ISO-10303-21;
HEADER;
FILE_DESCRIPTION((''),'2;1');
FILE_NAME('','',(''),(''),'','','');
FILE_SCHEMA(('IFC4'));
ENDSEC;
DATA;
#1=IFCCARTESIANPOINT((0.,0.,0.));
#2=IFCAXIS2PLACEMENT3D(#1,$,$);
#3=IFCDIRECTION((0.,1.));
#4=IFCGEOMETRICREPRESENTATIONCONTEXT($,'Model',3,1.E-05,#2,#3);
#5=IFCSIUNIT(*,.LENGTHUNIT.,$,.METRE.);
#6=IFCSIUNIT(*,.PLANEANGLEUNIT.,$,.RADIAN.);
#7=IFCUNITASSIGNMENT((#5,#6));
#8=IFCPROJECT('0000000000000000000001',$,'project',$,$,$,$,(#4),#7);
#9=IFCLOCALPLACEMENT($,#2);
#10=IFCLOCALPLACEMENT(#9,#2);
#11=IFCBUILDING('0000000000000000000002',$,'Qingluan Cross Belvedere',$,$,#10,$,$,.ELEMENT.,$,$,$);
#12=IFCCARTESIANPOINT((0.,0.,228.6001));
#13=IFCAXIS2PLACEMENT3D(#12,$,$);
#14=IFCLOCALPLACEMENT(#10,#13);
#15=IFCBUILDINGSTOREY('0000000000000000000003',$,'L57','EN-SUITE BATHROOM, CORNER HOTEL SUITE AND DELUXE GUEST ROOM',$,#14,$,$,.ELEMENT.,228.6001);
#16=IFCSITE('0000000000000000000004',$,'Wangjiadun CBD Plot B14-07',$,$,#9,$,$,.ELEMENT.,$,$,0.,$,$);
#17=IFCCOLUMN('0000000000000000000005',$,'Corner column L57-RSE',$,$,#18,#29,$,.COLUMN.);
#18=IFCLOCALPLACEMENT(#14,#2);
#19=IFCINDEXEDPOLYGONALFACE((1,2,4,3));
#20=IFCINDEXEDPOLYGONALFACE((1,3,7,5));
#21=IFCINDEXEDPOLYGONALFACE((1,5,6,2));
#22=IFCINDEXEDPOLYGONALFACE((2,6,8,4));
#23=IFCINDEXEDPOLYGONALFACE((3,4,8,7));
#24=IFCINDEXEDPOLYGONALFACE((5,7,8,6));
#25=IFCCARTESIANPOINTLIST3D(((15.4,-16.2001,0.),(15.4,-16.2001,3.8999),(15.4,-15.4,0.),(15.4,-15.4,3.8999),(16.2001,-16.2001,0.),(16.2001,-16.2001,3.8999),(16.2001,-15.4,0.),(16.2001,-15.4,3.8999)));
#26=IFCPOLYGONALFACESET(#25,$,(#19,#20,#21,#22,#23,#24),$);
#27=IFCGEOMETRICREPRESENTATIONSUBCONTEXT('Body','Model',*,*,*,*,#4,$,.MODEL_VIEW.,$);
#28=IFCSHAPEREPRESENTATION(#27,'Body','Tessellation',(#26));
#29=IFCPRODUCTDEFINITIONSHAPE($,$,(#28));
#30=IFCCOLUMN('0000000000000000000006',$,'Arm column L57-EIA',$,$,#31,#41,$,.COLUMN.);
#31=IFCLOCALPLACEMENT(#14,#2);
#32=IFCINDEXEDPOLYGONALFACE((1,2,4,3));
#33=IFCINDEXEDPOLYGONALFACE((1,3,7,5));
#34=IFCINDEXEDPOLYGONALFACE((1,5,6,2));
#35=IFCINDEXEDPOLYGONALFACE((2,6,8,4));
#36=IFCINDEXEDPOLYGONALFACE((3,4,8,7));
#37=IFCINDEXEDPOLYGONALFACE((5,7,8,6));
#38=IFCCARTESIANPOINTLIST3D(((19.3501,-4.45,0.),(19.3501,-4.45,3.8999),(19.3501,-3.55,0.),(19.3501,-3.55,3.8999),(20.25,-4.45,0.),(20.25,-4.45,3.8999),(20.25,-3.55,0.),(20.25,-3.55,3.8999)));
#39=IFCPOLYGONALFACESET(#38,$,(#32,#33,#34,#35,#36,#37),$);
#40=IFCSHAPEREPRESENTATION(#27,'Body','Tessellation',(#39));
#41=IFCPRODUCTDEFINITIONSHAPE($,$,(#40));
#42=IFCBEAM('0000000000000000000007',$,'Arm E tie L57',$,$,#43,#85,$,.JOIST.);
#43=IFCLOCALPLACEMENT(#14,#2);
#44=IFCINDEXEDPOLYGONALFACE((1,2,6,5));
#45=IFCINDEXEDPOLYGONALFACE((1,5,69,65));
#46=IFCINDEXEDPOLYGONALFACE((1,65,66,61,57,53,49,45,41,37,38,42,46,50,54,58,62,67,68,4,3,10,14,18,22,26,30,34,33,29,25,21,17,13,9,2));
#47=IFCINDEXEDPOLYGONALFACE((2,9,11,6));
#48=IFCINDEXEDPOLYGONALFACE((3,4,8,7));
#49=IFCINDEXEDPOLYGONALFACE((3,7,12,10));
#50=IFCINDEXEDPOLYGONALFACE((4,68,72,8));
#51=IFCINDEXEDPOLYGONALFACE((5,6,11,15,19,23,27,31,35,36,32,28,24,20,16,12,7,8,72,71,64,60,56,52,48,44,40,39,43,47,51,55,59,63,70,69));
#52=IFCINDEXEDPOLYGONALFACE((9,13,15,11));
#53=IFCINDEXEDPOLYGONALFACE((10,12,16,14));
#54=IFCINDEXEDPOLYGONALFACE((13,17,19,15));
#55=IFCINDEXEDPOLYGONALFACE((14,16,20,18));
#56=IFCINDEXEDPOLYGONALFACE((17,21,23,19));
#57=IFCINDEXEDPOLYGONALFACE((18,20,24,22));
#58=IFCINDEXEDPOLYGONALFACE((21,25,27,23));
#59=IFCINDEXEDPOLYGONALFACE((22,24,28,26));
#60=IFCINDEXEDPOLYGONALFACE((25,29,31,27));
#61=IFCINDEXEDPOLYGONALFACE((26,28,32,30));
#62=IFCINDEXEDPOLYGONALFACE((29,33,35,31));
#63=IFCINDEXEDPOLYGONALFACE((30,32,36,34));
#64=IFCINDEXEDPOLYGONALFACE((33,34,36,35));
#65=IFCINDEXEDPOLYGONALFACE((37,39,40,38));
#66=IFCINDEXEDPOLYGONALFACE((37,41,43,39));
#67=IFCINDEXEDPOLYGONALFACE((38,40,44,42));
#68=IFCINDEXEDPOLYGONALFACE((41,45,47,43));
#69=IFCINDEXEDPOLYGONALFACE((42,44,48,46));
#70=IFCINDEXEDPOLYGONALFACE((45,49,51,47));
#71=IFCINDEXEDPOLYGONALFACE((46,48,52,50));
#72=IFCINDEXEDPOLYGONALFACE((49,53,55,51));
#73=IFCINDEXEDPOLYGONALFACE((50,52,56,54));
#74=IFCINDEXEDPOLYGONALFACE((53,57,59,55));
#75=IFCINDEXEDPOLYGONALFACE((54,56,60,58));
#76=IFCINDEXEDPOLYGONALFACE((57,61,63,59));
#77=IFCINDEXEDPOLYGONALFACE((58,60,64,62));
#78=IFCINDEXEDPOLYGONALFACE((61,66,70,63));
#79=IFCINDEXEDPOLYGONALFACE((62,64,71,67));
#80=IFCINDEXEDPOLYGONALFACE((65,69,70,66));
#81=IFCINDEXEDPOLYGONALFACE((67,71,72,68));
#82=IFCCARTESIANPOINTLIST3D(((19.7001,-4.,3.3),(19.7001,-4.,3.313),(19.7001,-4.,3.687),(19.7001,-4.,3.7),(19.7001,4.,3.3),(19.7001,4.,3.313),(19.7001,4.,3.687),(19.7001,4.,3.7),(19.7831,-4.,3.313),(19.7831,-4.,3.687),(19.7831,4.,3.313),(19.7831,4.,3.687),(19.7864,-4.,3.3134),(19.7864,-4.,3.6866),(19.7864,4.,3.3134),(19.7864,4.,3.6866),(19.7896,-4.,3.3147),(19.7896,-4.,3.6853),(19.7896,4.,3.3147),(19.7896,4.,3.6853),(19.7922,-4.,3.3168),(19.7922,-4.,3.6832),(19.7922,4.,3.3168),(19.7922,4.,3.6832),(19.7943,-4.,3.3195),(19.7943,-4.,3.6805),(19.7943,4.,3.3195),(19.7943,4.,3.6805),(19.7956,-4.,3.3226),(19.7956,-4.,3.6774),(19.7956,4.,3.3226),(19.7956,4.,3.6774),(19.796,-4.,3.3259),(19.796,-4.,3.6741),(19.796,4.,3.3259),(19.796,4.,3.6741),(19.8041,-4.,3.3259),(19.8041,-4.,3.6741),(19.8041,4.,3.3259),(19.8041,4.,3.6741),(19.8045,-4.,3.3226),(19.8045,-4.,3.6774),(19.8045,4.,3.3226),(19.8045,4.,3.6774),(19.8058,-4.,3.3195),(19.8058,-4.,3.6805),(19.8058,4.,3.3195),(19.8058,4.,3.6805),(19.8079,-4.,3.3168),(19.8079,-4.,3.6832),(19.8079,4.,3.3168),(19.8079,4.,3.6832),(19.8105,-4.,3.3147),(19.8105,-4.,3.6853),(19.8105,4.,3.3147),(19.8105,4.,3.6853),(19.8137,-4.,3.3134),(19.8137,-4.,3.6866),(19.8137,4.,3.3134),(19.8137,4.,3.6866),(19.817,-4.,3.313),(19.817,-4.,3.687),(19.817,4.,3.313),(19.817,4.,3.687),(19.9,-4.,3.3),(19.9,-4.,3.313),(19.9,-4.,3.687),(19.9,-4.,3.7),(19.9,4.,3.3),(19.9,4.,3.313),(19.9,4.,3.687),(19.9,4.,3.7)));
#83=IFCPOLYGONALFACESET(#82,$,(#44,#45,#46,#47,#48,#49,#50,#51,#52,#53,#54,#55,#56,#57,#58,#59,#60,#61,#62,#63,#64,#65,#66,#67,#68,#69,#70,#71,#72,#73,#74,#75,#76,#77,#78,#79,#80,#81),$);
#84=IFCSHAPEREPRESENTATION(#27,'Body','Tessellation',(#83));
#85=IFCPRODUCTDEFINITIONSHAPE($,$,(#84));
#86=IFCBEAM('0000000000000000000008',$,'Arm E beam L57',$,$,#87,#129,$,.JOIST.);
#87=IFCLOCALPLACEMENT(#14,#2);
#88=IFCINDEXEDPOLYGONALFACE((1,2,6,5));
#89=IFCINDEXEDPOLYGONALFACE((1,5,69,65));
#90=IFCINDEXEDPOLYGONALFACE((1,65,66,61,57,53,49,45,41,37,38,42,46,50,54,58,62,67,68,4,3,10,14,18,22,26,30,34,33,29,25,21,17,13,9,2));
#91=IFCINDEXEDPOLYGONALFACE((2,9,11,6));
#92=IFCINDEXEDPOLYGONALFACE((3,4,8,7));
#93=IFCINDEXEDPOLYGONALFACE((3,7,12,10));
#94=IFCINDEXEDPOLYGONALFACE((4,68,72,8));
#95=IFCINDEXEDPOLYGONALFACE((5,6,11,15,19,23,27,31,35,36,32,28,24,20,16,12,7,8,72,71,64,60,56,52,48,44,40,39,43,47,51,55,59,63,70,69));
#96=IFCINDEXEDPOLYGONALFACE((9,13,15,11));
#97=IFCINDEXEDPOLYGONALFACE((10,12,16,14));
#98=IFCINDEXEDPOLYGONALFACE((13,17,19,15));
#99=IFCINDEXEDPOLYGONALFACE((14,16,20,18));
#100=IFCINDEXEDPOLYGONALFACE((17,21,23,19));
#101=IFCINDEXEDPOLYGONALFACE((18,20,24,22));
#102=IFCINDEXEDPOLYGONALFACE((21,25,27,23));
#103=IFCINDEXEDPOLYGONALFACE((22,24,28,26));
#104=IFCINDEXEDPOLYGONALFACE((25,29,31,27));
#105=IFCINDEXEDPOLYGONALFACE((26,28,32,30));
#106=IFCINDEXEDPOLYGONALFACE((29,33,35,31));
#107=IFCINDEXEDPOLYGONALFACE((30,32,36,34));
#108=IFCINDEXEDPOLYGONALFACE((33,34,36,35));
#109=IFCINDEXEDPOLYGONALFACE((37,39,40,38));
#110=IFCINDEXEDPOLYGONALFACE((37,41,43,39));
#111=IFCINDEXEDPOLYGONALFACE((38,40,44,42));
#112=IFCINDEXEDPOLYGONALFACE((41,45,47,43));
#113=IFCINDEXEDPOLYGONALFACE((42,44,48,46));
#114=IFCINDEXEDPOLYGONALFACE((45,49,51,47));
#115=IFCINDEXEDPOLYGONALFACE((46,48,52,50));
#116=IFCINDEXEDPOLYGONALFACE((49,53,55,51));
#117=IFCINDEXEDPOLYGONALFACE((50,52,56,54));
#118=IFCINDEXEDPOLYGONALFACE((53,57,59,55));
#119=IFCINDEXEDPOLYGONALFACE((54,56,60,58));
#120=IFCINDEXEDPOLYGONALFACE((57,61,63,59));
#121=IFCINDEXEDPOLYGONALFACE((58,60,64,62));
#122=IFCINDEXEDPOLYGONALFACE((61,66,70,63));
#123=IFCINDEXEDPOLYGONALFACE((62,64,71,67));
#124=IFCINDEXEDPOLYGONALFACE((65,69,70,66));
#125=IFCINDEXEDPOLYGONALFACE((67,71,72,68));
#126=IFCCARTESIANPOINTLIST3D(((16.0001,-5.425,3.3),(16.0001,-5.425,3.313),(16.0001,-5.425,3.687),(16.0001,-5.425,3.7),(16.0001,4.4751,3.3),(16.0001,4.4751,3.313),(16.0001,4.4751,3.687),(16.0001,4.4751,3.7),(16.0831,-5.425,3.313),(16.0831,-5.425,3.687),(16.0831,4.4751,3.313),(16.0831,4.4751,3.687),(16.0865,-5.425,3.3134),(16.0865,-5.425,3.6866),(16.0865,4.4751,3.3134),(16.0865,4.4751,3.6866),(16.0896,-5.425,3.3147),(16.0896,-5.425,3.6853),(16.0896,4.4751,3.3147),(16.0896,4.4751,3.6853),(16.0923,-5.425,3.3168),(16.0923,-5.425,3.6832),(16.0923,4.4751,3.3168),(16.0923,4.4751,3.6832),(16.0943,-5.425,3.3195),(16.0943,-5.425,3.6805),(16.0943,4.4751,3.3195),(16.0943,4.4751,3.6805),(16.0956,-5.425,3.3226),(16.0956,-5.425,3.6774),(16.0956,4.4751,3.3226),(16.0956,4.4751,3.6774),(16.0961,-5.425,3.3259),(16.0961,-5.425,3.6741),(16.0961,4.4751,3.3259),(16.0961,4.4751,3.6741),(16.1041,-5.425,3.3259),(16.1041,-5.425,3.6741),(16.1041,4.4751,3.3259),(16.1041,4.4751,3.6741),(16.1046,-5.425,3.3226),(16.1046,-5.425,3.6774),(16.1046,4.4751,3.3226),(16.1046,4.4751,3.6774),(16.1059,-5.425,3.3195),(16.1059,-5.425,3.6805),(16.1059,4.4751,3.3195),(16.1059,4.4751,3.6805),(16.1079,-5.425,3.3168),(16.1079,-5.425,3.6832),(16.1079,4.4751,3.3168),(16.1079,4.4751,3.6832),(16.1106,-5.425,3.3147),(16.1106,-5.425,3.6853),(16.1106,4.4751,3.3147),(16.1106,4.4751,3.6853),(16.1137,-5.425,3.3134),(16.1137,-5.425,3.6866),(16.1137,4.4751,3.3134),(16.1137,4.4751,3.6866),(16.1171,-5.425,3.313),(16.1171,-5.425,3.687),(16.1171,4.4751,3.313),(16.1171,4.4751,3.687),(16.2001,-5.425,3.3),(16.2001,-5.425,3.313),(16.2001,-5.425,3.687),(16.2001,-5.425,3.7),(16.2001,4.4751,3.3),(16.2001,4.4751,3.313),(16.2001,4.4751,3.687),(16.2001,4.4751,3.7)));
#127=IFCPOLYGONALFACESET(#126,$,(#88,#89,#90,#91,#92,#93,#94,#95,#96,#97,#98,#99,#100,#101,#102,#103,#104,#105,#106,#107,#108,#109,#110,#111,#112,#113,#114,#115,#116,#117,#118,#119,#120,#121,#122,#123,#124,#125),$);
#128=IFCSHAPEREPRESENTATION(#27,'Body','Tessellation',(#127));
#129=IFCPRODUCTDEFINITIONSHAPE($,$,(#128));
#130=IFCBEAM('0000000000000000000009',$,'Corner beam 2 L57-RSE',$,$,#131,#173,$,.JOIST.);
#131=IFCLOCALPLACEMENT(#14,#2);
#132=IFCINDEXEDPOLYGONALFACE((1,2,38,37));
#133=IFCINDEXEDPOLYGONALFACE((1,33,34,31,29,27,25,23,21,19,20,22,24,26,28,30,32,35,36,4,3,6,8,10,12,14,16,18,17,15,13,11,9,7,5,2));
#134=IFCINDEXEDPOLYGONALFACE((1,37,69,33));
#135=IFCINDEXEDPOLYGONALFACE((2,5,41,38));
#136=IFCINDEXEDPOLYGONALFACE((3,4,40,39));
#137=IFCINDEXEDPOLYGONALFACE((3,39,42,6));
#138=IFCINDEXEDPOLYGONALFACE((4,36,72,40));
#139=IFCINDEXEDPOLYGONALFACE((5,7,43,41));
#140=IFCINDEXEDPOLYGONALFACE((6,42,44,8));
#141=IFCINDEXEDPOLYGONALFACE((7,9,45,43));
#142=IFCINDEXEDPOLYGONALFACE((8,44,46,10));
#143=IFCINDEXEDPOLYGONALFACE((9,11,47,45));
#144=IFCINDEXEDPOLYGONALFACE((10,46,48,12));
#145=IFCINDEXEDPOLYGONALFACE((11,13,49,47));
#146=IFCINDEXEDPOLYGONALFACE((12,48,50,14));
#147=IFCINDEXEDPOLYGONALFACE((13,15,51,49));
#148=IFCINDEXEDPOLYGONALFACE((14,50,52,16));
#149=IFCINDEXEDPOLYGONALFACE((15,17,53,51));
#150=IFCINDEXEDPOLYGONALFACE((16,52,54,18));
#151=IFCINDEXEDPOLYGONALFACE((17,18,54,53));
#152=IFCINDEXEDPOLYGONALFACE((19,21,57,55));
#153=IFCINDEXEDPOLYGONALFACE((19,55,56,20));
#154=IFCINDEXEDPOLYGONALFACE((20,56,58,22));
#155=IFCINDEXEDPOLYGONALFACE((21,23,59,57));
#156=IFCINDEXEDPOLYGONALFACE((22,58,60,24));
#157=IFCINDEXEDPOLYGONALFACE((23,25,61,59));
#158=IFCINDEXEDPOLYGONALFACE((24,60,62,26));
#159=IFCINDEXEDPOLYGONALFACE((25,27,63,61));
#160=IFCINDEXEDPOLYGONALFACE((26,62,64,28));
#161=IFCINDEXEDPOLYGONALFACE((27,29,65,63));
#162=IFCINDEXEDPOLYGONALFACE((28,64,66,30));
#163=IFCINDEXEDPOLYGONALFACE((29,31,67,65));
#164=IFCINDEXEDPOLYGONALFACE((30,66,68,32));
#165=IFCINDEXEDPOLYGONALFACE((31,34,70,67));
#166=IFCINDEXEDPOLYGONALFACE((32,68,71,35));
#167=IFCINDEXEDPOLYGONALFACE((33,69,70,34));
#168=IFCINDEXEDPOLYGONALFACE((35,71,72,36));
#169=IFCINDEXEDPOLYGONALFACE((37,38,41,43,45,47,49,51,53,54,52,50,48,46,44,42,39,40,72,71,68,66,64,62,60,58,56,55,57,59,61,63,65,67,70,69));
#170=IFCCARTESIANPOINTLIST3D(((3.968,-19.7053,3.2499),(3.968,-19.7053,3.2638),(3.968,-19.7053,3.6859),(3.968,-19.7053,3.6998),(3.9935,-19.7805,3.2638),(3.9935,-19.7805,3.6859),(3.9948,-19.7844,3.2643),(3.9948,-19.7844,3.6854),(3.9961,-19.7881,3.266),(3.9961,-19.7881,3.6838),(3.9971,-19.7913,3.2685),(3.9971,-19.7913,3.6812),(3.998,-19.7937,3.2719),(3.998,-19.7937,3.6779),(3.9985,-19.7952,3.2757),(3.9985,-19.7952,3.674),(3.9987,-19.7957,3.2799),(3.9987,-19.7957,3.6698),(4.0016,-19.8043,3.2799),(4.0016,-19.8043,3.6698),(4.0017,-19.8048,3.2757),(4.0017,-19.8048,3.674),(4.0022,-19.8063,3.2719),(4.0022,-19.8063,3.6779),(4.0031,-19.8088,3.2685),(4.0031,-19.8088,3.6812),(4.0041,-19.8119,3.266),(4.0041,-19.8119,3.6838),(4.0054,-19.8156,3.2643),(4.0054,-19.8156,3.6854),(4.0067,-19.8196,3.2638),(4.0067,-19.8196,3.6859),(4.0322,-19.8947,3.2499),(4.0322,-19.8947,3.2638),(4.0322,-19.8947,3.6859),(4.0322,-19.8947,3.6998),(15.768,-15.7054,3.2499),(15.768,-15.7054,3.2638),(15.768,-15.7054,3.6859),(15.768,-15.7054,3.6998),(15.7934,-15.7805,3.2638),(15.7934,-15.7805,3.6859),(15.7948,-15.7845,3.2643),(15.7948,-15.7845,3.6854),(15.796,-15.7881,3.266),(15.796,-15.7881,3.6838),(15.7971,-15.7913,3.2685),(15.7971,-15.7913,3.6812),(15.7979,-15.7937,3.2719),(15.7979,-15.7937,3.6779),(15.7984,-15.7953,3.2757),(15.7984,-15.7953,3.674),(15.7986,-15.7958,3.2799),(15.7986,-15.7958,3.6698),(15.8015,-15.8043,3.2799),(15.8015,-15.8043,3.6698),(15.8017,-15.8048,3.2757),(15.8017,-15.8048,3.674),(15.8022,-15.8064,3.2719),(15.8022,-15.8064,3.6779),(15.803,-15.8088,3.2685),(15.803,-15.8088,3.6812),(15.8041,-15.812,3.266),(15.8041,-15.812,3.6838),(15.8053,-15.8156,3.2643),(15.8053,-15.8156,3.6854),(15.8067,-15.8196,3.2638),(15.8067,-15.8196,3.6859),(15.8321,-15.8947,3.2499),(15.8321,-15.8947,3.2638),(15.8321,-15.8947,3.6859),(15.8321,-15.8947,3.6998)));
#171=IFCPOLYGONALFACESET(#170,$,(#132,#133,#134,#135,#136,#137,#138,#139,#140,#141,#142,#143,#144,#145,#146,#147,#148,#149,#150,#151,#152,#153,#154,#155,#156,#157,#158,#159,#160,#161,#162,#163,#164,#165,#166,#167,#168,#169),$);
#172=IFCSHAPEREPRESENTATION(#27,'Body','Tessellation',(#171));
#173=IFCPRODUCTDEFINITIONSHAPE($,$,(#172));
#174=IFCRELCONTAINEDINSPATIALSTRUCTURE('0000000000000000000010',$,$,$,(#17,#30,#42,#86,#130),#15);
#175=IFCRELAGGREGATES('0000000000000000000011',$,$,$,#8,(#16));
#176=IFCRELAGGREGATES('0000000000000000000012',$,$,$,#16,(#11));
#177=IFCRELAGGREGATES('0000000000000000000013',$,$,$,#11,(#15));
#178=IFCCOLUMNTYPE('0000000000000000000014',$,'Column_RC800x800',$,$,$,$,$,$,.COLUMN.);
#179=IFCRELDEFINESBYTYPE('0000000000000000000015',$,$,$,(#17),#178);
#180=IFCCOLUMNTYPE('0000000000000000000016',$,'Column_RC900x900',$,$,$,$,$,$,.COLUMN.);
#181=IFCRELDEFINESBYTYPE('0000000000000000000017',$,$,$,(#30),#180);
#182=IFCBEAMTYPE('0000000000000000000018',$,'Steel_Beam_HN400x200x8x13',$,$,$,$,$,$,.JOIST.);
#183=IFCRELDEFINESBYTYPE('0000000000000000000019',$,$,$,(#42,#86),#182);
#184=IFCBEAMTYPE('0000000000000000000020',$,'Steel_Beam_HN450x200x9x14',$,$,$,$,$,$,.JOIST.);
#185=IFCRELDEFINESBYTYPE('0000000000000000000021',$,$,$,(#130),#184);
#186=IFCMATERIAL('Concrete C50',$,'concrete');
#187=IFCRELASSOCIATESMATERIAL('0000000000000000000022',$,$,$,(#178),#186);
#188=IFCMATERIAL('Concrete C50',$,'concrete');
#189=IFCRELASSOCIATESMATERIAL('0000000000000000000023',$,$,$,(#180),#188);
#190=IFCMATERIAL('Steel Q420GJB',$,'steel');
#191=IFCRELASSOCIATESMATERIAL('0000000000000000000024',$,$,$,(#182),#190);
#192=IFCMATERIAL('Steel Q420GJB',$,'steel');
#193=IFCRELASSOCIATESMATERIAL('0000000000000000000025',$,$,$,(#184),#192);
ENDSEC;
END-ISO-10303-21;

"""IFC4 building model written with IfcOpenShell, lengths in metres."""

from ifc_helpers import new_model, si_unit, direction, frame, origin, origin_2d, place, context, subcontext, project, spatial, rectangle, i_section, extrude, material, material_profile, profile_set, type_object, element, save


model = new_model("IFC4")

# Units and contexts
model_context = context("Model", 3, precision=1e-05, world=origin(), true_north=direction((0.0, 1.0)))
body_context = subcontext(model_context, "Body", "Model", "MODEL_VIEW")
ifc_project = project(units=[si_unit("LENGTHUNIT", "METRE"), si_unit("PLANEANGLEUNIT", "RADIAN")], contexts=[model_context])

# Site, building, storey
site_placement = place(None, origin())
site = spatial("IfcSite", under=ifc_project, at=site_placement, Name="Wangjiadun CBD Plot B14-07", CompositionType="ELEMENT", RefElevation=0.0)
building_placement = place(site_placement, origin())
building = spatial("IfcBuilding", under=site, at=building_placement, Name="Qingluan Cross Belvedere", CompositionType="ELEMENT")
storey_placement = place(building_placement, frame((0.0, 0.0, 228.6001)))
storey = spatial("IfcBuildingStorey", under=building, at=storey_placement, Name="L57", Description="EN-SUITE BATHROOM, CORNER HOTEL SUITE AND DELUXE GUEST ROOM", CompositionType="ELEMENT", Elevation=228.6001)

# Columns
ifc_material_1 = material(Name="Concrete C50", Category="concrete")
ifc_material_profile_1 = material_profile(ifc_material_1, rectangle(XDim=0.8, YDim=0.8, at=origin_2d()), Name="RC800x800")
ifc_profile_set_1 = profile_set([ifc_material_profile_1], Name="Concrete C50")
column_type_1 = type_object("IfcColumnType", Name="Column_RC800x800", PredefinedType="COLUMN", material=ifc_profile_set_1)
column_1_placement = place(storey_placement, frame((15.8, -15.8, 0.0), z_axis=(0.0, 0.0, 1.0), x_axis=(1.0, 0.0, 0.0)))
element("IfcColumn", 1, at=column_1_placement, inside=storey, type_object=column_type_1, Name="Corner column L57-RSE", PredefinedType="COLUMN", context=body_context, shape_type="SweptSolid", body=[
    extrude(rectangle(XDim=0.8, YDim=0.8, at=origin_2d()), origin(), (0.0, 0.0, 1.0), 3.8999),
])
ifc_material_2 = material(Name="Concrete C50", Category="concrete")
ifc_material_profile_2 = material_profile(ifc_material_2, rectangle(XDim=0.8999, YDim=0.8999, at=origin_2d()), Name="RC900x900")
ifc_profile_set_2 = profile_set([ifc_material_profile_2], Name="Concrete C50")
column_type_2 = type_object("IfcColumnType", Name="Column_RC900x900", PredefinedType="COLUMN", material=ifc_profile_set_2)
column_2_placement = place(storey_placement, frame((19.8, -4.0, 0.0), z_axis=(0.0, 0.0, 1.0), x_axis=(1.0, 0.0, 0.0)))
element("IfcColumn", 2, at=column_2_placement, inside=storey, type_object=column_type_2, Name="Arm column L57-EIA", PredefinedType="COLUMN", context=body_context, shape_type="SweptSolid", body=[
    extrude(rectangle(XDim=0.8999, YDim=0.8999, at=origin_2d()), origin(), (0.0, 0.0, 1.0), 3.8999),
])

# Beams
ifc_material_3 = material(Name="Steel Q420GJB", Category="steel")
ifc_material_profile_3 = material_profile(ifc_material_3, i_section(OverallWidth=0.2, OverallDepth=0.3999, WebThickness=0.0081, FlangeThickness=0.0129, FilletRadius=0.0129, at=origin_2d()), Name="HN400x200x8x13")
ifc_profile_set_3 = profile_set([ifc_material_profile_3], Name="Steel Q420GJB")
beam_type_1 = type_object("IfcBeamType", Name="Steel_Beam_HN400x200x8x13", PredefinedType="JOIST", material=ifc_profile_set_3)
beam_1_placement = place(storey_placement, frame((19.8, -4.0, 3.5), z_axis=(0.0, 1.0, 0.0), x_axis=(-1.0, 0.0, 0.0)))
element("IfcBeam", 3, at=beam_1_placement, inside=storey, type_object=beam_type_1, Name="Arm E tie L57", PredefinedType="JOIST", context=body_context, shape_type="SweptSolid", body=[
    extrude(i_section(OverallWidth=0.2, OverallDepth=0.3999, WebThickness=0.0081, FlangeThickness=0.0129, FilletRadius=0.0129, at=origin_2d()), origin(), (0.0, 0.0, 1.0), 8.0),
])
beam_2_placement = place(storey_placement, frame((16.1001, -5.425, 3.5), z_axis=(0.0, 1.0, 0.0), x_axis=(-1.0, 0.0, 0.0)))
element("IfcBeam", 4, at=beam_2_placement, inside=storey, type_object=beam_type_1, Name="Arm E beam L57", PredefinedType="JOIST", context=body_context, shape_type="SweptSolid", body=[
    extrude(i_section(OverallWidth=0.2, OverallDepth=0.3999, WebThickness=0.0081, FlangeThickness=0.0129, FilletRadius=0.0129, at=origin_2d()), origin(), (0.0, 0.0, 1.0), 9.9001),
])
ifc_material_4 = material(Name="Steel Q420GJB", Category="steel")
ifc_material_profile_4 = material_profile(ifc_material_4, i_section(OverallWidth=0.2, OverallDepth=0.45, WebThickness=0.009, FlangeThickness=0.0139, FilletRadius=0.0161, at=origin_2d()), Name="HN450x200x9x14")
ifc_profile_set_4 = profile_set([ifc_material_profile_4], Name="Steel Q420GJB")
beam_type_2 = type_object("IfcBeamType", Name="Steel_Beam_HN450x200x9x14", PredefinedType="JOIST", material=ifc_profile_set_4)
for number, where, z_axis, x_axis, name in (
    (5, (15.8, -15.8, 3.4749), (-0.947066, -0.321038, 0.0), (0.321038, -0.947066, 0.0), "Corner beam 2 L57-RSE"),
):
    element("IfcBeam", number, at=place(storey_placement, frame(where, z_axis=z_axis, x_axis=x_axis)), inside=storey, type_object=beam_type_2, Name=name, PredefinedType="JOIST", context=body_context, shape_type="SweptSolid", body=[
        extrude(i_section(OverallWidth=0.2, OverallDepth=0.45, WebThickness=0.009, FlangeThickness=0.0139, FilletRadius=0.0161, at=origin_2d()), origin(), (0.0, 0.0, 1.0), 12.4595),
    ])

save(model, "model.ifc")
